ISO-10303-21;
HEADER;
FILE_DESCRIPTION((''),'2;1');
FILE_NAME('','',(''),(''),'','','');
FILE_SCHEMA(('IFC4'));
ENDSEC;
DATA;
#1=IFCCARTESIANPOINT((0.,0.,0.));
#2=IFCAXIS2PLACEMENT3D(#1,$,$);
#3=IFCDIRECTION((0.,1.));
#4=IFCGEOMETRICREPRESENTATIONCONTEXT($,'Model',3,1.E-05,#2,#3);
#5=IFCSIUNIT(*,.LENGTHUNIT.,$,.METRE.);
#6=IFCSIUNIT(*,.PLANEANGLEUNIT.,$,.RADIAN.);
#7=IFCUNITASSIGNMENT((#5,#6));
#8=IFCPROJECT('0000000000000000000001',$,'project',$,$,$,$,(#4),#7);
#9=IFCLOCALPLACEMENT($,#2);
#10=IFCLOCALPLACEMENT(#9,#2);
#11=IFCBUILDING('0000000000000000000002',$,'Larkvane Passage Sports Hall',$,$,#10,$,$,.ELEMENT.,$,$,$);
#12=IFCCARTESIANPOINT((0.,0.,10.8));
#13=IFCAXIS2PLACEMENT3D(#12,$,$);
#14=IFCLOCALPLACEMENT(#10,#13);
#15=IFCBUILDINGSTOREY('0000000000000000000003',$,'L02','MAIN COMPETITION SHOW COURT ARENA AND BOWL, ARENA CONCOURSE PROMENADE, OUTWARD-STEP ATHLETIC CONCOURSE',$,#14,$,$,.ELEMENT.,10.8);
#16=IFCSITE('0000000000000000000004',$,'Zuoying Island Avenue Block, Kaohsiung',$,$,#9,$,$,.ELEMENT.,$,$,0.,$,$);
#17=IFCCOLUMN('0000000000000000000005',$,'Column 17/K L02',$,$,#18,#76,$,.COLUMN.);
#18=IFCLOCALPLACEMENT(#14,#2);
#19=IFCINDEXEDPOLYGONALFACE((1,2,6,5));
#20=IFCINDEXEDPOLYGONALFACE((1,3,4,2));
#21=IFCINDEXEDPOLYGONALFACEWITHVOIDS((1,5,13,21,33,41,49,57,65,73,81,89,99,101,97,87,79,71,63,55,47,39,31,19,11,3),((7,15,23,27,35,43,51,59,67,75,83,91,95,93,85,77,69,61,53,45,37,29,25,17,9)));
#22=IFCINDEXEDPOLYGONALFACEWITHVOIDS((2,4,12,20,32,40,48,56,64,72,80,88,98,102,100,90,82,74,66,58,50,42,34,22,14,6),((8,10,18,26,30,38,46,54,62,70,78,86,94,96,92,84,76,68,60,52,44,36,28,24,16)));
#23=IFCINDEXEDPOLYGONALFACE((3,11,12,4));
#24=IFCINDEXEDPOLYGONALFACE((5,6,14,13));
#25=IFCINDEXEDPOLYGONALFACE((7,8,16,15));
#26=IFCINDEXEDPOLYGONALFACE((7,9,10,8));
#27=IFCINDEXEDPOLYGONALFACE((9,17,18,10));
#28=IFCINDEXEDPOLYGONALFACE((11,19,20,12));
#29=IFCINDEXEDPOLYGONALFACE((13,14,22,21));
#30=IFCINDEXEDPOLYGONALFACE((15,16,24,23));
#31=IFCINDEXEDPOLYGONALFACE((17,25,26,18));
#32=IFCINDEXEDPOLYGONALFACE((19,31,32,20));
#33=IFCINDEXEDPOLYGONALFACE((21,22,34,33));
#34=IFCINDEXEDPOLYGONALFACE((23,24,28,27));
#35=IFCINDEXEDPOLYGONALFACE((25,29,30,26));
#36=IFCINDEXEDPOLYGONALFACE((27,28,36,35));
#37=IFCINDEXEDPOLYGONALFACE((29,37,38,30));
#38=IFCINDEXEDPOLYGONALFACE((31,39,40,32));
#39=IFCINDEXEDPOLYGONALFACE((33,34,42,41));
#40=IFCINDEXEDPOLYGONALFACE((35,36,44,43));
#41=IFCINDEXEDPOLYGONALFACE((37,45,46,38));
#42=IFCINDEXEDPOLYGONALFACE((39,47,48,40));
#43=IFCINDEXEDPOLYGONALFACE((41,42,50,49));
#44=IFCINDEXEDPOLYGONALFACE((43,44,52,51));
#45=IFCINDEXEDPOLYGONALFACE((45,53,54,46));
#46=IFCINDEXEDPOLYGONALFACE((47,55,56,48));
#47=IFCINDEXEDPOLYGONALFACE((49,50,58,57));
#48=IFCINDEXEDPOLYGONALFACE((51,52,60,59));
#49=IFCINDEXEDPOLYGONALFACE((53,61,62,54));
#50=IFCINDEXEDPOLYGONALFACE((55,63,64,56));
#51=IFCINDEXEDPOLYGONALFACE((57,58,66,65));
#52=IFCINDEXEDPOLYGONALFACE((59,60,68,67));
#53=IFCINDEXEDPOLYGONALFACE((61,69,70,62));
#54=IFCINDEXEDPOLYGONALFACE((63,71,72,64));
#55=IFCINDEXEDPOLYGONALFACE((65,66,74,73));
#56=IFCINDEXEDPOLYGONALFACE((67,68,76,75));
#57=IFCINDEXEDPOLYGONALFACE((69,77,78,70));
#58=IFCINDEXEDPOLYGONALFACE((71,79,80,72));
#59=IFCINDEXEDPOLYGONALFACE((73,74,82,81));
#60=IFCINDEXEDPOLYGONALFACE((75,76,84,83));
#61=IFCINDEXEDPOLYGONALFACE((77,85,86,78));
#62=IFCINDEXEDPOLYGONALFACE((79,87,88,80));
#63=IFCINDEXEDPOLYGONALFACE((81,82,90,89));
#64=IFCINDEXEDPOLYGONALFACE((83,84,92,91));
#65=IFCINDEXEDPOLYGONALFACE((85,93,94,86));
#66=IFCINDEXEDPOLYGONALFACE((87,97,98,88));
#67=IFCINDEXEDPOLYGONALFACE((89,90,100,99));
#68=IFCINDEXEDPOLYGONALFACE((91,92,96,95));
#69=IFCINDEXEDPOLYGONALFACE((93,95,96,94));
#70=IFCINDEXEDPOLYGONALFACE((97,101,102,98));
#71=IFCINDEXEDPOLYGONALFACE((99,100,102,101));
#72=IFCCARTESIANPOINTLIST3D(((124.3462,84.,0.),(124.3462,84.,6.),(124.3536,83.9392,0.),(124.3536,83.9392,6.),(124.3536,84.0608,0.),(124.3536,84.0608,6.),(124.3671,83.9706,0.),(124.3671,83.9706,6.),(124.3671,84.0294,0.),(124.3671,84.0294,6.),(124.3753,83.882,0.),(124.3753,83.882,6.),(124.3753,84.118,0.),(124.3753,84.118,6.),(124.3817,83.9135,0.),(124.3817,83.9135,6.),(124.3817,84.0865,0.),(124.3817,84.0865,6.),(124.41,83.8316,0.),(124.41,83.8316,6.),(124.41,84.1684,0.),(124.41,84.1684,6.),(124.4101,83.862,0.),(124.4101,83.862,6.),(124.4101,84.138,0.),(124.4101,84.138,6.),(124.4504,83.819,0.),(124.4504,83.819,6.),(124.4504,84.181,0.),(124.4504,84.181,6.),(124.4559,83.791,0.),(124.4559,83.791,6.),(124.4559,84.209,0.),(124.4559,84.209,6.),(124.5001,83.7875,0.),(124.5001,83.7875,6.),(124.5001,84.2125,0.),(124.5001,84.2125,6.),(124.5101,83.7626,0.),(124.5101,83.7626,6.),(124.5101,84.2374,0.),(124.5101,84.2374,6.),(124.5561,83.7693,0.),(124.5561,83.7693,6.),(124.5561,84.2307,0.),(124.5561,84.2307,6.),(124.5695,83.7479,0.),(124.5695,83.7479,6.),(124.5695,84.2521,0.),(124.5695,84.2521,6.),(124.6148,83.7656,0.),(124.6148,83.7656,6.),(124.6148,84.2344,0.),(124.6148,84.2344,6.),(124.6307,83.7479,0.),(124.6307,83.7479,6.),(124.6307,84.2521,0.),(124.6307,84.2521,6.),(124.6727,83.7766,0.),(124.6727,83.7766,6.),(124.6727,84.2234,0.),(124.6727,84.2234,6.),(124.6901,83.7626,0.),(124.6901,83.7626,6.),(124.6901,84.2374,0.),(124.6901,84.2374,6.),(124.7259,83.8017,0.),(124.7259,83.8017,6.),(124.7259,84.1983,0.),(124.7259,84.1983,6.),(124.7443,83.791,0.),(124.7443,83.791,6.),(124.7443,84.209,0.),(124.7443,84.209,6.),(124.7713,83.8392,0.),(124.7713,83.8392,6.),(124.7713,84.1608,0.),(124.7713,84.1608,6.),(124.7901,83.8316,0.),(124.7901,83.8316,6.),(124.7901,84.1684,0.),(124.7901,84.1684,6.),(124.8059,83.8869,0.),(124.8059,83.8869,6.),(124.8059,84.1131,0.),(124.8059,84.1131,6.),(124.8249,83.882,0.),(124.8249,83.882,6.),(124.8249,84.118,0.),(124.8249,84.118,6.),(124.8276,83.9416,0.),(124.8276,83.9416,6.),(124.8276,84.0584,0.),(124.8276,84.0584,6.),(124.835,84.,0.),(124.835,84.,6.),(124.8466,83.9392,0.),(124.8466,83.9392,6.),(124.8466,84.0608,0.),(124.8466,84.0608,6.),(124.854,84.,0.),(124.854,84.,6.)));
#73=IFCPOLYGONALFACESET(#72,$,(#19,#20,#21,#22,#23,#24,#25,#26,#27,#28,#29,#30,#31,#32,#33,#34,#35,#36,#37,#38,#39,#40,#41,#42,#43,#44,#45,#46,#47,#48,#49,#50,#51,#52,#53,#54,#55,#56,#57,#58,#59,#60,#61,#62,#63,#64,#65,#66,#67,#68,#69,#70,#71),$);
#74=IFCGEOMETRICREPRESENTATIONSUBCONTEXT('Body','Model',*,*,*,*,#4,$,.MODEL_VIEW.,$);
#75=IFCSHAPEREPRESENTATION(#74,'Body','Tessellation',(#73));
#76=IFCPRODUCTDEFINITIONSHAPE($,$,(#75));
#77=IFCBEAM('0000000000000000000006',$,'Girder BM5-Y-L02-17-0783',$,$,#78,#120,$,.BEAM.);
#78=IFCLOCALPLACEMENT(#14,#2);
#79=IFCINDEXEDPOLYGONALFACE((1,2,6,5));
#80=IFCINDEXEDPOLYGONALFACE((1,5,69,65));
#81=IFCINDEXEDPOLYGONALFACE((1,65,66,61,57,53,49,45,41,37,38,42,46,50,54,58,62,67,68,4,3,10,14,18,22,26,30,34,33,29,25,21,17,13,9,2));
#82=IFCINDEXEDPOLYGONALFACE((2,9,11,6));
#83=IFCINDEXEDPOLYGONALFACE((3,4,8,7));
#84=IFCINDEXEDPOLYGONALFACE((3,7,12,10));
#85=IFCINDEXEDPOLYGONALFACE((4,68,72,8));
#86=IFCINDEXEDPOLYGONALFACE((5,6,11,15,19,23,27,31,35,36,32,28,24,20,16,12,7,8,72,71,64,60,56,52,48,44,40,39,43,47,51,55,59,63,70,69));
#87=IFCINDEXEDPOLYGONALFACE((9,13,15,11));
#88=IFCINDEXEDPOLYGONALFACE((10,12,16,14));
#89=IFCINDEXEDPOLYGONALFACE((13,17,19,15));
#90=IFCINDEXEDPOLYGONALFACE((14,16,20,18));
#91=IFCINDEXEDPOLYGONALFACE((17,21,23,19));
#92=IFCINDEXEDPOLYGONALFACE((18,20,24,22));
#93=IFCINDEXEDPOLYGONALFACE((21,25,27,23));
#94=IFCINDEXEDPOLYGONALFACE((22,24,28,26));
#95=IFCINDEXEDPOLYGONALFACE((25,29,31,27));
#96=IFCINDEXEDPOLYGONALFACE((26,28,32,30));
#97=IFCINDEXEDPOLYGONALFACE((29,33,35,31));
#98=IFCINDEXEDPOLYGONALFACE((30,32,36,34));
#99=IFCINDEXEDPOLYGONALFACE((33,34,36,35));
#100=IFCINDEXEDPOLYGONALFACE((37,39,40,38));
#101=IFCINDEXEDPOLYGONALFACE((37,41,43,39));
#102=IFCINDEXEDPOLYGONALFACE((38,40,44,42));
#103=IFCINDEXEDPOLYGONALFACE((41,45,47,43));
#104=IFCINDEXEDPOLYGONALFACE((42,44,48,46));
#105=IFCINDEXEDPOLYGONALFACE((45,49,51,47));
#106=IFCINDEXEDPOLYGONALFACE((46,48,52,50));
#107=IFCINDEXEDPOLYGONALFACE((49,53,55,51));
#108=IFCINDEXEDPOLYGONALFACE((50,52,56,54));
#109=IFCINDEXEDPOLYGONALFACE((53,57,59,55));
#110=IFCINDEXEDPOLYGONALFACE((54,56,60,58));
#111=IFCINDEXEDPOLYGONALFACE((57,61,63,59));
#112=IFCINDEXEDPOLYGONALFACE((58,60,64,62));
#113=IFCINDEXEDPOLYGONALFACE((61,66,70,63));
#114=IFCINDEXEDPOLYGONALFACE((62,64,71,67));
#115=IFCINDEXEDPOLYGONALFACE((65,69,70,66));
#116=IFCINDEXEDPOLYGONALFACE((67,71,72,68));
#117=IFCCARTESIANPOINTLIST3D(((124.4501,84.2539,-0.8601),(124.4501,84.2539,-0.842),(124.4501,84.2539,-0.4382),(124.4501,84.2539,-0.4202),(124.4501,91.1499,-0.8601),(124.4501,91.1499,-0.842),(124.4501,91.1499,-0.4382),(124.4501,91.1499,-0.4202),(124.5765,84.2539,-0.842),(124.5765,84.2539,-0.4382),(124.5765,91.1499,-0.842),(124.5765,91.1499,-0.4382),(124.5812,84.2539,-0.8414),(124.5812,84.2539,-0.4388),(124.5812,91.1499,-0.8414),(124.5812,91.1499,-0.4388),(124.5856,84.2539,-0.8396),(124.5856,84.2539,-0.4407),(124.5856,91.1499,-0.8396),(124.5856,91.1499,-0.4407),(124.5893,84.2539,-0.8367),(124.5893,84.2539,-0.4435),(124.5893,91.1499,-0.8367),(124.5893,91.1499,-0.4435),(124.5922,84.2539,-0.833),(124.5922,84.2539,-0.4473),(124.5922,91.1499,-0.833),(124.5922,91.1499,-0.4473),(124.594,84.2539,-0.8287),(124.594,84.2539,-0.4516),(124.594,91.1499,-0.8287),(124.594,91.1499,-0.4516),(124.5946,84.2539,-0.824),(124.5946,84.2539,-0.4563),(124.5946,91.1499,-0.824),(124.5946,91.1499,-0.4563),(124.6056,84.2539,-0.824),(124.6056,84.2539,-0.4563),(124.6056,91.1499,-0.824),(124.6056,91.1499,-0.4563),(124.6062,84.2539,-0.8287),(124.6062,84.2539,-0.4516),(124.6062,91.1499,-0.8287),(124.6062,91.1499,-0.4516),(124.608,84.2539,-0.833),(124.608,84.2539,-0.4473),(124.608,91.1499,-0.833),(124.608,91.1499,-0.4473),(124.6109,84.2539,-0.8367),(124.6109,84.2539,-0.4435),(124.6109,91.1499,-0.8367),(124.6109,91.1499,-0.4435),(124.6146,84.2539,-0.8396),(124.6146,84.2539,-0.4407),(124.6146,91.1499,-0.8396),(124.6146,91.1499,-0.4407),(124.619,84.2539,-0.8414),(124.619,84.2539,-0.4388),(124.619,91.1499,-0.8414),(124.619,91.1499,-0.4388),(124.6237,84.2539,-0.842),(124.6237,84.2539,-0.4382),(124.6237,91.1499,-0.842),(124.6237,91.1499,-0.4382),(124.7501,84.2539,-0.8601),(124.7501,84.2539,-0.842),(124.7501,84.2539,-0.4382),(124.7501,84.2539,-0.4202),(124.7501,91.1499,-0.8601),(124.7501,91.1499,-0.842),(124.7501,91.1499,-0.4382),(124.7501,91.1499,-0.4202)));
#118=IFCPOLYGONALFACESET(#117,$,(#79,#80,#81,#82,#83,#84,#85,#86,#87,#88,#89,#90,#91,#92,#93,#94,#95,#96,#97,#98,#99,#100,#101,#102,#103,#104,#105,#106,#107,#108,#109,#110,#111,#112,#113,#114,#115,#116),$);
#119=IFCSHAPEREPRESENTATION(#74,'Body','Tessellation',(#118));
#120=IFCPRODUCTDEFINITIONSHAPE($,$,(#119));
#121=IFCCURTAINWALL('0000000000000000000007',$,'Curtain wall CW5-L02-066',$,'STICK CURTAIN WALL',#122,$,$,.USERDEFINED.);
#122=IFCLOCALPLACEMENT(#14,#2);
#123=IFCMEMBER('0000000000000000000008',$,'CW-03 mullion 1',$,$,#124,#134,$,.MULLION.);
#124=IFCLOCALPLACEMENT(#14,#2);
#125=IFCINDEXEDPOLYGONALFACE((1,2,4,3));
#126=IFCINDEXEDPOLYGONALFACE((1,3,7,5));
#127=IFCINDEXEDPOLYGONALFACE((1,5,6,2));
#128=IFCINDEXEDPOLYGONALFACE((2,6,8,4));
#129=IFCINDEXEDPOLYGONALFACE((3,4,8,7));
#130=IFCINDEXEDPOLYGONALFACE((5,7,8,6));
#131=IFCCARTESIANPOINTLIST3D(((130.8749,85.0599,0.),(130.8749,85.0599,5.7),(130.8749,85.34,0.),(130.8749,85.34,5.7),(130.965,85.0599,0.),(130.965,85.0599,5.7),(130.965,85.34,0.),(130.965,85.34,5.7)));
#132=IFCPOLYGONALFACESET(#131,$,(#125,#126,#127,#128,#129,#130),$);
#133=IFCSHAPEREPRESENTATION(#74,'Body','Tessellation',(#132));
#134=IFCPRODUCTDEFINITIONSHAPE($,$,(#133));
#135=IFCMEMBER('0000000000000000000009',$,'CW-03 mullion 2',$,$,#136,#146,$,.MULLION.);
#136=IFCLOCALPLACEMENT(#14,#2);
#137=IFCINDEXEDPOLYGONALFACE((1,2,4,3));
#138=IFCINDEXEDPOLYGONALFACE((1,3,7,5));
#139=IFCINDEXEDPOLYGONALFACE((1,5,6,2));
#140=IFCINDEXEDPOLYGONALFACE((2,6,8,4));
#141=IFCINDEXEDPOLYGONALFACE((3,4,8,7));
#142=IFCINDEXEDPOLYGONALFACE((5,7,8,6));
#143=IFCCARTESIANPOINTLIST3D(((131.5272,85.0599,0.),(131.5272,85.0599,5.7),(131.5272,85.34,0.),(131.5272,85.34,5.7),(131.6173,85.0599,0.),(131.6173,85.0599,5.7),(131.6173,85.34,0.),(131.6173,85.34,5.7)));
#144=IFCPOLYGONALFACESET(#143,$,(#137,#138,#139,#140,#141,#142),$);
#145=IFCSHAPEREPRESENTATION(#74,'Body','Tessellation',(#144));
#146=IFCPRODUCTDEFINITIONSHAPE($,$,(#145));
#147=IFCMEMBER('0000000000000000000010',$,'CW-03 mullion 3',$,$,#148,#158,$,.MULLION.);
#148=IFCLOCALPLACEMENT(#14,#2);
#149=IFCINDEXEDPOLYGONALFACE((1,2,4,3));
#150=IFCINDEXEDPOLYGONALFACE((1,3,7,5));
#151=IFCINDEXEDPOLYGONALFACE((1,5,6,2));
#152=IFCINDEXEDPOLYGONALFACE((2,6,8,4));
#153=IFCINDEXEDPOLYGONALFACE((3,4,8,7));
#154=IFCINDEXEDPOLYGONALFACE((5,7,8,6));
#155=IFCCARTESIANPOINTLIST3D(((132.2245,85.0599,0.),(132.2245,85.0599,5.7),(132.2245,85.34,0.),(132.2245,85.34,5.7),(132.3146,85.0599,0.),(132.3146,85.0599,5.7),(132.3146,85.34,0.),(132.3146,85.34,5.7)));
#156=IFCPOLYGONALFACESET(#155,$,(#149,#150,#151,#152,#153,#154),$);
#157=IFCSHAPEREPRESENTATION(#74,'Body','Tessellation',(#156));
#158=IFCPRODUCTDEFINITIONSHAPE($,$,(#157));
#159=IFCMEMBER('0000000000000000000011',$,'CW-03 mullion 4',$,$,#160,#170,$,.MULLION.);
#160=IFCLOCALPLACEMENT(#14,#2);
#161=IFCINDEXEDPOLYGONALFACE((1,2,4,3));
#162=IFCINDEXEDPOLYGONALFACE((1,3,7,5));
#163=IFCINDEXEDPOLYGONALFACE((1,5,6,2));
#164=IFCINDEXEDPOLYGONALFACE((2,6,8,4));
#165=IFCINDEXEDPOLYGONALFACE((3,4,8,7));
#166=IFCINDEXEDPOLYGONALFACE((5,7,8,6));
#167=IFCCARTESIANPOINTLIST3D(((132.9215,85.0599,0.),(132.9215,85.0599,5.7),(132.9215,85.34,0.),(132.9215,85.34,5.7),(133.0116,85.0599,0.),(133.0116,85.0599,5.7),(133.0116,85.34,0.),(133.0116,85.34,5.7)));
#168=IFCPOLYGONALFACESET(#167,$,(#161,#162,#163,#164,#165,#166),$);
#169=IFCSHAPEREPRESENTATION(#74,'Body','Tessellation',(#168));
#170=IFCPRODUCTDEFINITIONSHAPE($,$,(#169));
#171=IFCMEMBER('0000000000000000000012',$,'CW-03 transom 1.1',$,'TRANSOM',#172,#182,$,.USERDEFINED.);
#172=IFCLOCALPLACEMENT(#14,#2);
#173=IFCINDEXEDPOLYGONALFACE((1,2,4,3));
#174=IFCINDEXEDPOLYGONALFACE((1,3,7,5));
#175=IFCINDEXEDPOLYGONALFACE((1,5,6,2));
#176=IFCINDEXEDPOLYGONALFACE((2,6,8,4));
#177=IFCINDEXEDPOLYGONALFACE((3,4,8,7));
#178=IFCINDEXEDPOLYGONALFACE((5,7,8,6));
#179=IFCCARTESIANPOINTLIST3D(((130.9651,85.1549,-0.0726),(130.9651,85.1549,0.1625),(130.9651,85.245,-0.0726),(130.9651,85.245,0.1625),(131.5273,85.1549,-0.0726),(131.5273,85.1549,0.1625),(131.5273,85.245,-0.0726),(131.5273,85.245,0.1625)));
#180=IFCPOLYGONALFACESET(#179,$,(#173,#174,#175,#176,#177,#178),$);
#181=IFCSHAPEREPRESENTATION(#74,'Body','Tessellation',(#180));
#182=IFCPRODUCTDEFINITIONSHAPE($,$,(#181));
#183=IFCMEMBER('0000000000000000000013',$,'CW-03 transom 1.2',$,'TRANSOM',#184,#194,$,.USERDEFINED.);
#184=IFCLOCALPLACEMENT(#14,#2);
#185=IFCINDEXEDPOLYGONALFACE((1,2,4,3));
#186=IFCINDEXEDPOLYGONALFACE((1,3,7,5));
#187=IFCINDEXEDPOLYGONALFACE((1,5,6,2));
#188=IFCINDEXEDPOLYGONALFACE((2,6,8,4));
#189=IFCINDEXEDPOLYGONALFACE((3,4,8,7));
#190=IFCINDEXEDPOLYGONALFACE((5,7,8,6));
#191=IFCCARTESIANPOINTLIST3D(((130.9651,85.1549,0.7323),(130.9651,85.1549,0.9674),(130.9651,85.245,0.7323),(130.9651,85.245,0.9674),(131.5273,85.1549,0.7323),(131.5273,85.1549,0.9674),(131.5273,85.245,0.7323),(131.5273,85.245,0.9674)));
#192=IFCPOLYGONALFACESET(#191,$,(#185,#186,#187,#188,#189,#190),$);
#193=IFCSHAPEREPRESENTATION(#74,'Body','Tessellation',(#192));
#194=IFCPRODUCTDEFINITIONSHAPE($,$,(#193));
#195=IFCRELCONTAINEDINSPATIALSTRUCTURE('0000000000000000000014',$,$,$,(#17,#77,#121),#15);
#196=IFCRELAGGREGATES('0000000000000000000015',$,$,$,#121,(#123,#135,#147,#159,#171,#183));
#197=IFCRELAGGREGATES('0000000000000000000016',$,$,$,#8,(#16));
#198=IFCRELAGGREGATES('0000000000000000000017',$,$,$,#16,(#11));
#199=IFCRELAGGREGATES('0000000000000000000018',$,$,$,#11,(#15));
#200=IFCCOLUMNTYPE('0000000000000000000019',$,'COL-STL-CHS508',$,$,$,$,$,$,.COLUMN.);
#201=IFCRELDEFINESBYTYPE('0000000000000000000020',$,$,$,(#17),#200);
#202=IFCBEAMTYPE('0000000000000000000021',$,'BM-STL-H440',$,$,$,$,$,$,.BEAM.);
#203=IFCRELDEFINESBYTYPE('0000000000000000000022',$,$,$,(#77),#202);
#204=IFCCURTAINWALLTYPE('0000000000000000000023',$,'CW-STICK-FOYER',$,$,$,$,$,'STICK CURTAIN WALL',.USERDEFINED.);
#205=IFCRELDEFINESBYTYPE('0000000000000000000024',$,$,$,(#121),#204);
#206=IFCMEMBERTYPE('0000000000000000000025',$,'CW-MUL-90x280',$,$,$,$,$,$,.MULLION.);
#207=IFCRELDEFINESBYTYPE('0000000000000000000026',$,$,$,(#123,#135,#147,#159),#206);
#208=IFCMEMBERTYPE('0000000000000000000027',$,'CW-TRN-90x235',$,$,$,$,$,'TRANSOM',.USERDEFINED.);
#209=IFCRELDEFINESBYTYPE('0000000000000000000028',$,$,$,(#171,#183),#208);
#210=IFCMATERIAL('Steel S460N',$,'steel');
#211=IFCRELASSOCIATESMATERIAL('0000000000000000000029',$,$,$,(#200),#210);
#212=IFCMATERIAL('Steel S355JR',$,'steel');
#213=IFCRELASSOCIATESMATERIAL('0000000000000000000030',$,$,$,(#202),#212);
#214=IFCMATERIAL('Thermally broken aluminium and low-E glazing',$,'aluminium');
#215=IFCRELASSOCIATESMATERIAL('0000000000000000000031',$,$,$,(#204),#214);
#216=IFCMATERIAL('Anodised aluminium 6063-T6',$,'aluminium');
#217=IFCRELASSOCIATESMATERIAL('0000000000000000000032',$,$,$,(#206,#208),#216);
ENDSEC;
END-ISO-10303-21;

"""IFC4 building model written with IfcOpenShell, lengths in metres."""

from ifc_helpers import new_model, si_unit, direction, frame, origin, origin_2d, place, context, subcontext, project, spatial, rectangle, hollow_circle, i_section, extrude, material, material_profile, profile_set, type_object, element, aggregate, save


model = new_model("IFC4")

# Units and contexts
model_context = context("Model", 3, precision=1e-05, world=origin(), true_north=direction((0.0, 1.0)))
body_context = subcontext(model_context, "Body", "Model", "MODEL_VIEW")
ifc_project = project(units=[si_unit("LENGTHUNIT", "METRE"), si_unit("PLANEANGLEUNIT", "RADIAN")], contexts=[model_context])

# Site, building, storey
site_placement = place(None, origin())
site = spatial("IfcSite", under=ifc_project, at=site_placement, Name="Zuoying Island Avenue Block, Kaohsiung", CompositionType="ELEMENT", RefElevation=0.0)
building_placement = place(site_placement, origin())
building = spatial("IfcBuilding", under=site, at=building_placement, Name="Larkvane Passage Sports Hall", CompositionType="ELEMENT")
storey_placement = place(building_placement, frame((0.0, 0.0, 10.8)))
storey = spatial("IfcBuildingStorey", under=building, at=storey_placement, Name="L02", Description="MAIN COMPETITION SHOW COURT ARENA AND BOWL, ARENA CONCOURSE PROMENADE, OUTWARD-STEP ATHLETIC CONCOURSE", CompositionType="ELEMENT", Elevation=10.8)

# Column
ifc_material_1 = material(Name="Steel S460N", Category="steel")
ifc_material_profile_1 = material_profile(ifc_material_1, hollow_circle(Radius=0.2539, WallThickness=0.019, at=origin_2d()), Name="CHS-508.0x19.0")
ifc_profile_set_1 = profile_set([ifc_material_profile_1], Name="Steel S460N")
column_type = type_object("IfcColumnType", Name="COL-STL-CHS508", PredefinedType="COLUMN", material=ifc_profile_set_1)
column_placement = place(storey_placement, frame((124.6001, 84.0, 0.0), z_axis=(0.0, 0.0, 1.0), x_axis=(1.0, 0.0, 0.0)))
element("IfcColumn", 1, at=column_placement, inside=storey, type_object=column_type, Name="Column 17/K L02", PredefinedType="COLUMN", context=body_context, shape_type="SweptSolid", body=[
    extrude(hollow_circle(Radius=0.2539, WallThickness=0.019, at=origin_2d()), origin(), (0.0, 0.0, 1.0), 6.0),
])

# Beam
ifc_material_2 = material(Name="Steel S355JR", Category="steel")
ifc_material_profile_2 = material_profile(ifc_material_2, i_section(OverallWidth=0.3, OverallDepth=0.4399, WebThickness=0.011, FlangeThickness=0.0181, FilletRadius=0.0181, at=origin_2d()), Name="H-440x300x11x18")
ifc_profile_set_2 = profile_set([ifc_material_profile_2], Name="Steel S355JR")
beam_type = type_object("IfcBeamType", Name="BM-STL-H440", PredefinedType="BEAM", material=ifc_profile_set_2)
beam_placement = place(storey_placement, frame((124.6001, 84.2539, -0.6401), z_axis=(0.0, 1.0, 0.0), x_axis=(-1.0, 0.0, 0.0)))
element("IfcBeam", 2, at=beam_placement, inside=storey, type_object=beam_type, Name="Girder BM5-Y-L02-17-0783", PredefinedType="BEAM", context=body_context, shape_type="SweptSolid", body=[
    extrude(i_section(OverallWidth=0.3, OverallDepth=0.4399, WebThickness=0.011, FlangeThickness=0.0181, FilletRadius=0.0181, at=origin_2d()), origin(), (0.0, 0.0, 1.0), 6.896),
])

# Curtain wall, members
ifc_material_3 = material(Name="Thermally broken aluminium and low-E glazing", Category="aluminium")
curtain_wall_type = type_object("IfcCurtainWallType", Name="CW-STICK-FOYER", ElementType="STICK CURTAIN WALL", PredefinedType="USERDEFINED", material=ifc_material_3)
curtain_wall_placement = place(storey_placement, origin())
curtain_wall = element("IfcCurtainWall", 3, at=curtain_wall_placement, inside=storey, type_object=curtain_wall_type, Name="Curtain wall CW5-L02-066", ObjectType="STICK CURTAIN WALL", PredefinedType="USERDEFINED")
ifc_material_4 = material(Name="Anodised aluminium 6063-T6", Category="aluminium")
ifc_material_profile_3 = material_profile(ifc_material_4, rectangle(XDim=0.0901, YDim=0.28, at=origin_2d()), Name="ALU-MUL-90x280")
ifc_profile_set_3 = profile_set([ifc_material_profile_3], Name="Anodised aluminium 6063-T6")
member_type_1 = type_object("IfcMemberType", Name="CW-MUL-90x280", PredefinedType="MULLION", material=ifc_profile_set_3)
member_1_placement = place(storey_placement, frame((130.9199, 85.2, 0.0), z_axis=(0.0, 0.0, 1.0), x_axis=(1.0, 0.0, 0.0)))
member_1 = element("IfcMember", 4, at=member_1_placement, type_object=member_type_1, Name="CW-03 mullion 1", PredefinedType="MULLION", context=body_context, shape_type="SweptSolid", body=[
    extrude(rectangle(XDim=0.0901, YDim=0.28, at=origin_2d()), origin(), (0.0, 0.0, 1.0), 5.7),
])
member_2_placement = place(storey_placement, frame((131.5723, 85.2, 0.0), z_axis=(0.0, 0.0, 1.0), x_axis=(1.0, 0.0, 0.0)))
member_2 = element("IfcMember", 5, at=member_2_placement, type_object=member_type_1, Name="CW-03 mullion 2", PredefinedType="MULLION", context=body_context, shape_type="SweptSolid", body=[
    extrude(rectangle(XDim=0.0901, YDim=0.28, at=origin_2d()), origin(), (0.0, 0.0, 1.0), 5.7),
])
member_3_placement = place(storey_placement, frame((132.2695, 85.2, 0.0), z_axis=(0.0, 0.0, 1.0), x_axis=(1.0, 0.0, 0.0)))
member_3 = element("IfcMember", 6, at=member_3_placement, type_object=member_type_1, Name="CW-03 mullion 3", PredefinedType="MULLION", context=body_context, shape_type="SweptSolid", body=[
    extrude(rectangle(XDim=0.0901, YDim=0.28, at=origin_2d()), origin(), (0.0, 0.0, 1.0), 5.7),
])
member_4_placement = place(storey_placement, frame((132.9666, 85.2, 0.0), z_axis=(0.0, 0.0, 1.0), x_axis=(1.0, 0.0, 0.0)))
member_4 = element("IfcMember", 7, at=member_4_placement, type_object=member_type_1, Name="CW-03 mullion 4", PredefinedType="MULLION", context=body_context, shape_type="SweptSolid", body=[
    extrude(rectangle(XDim=0.0901, YDim=0.28, at=origin_2d()), origin(), (0.0, 0.0, 1.0), 5.7),
])
ifc_material_profile_4 = material_profile(ifc_material_4, rectangle(XDim=0.0901, YDim=0.2351, at=origin_2d()), Name="ALU-TRN-90x235")
ifc_profile_set_4 = profile_set([ifc_material_profile_4], Name="Anodised aluminium 6063-T6")
member_type_2 = type_object("IfcMemberType", Name="CW-TRN-90x235", ElementType="TRANSOM", PredefinedType="USERDEFINED", material=ifc_profile_set_4)
member_5_placement = place(storey_placement, frame((130.9651, 85.2, 0.0449), z_axis=(1.0, 0.0, 0.0), x_axis=(0.0, 1.0, 0.0)))
member_5 = element("IfcMember", 8, at=member_5_placement, type_object=member_type_2, Name="CW-03 transom 1.1", ObjectType="TRANSOM", PredefinedType="USERDEFINED", context=body_context, shape_type="SweptSolid", body=[
    extrude(rectangle(XDim=0.0901, YDim=0.2351, at=origin_2d()), origin(), (0.0, 0.0, 1.0), 0.5623),
])
member_6_placement = place(storey_placement, frame((130.9651, 85.2, 0.8499), z_axis=(1.0, 0.0, 0.0), x_axis=(0.0, 1.0, 0.0)))
member_6 = element("IfcMember", 9, at=member_6_placement, type_object=member_type_2, Name="CW-03 transom 1.2", ObjectType="TRANSOM", PredefinedType="USERDEFINED", context=body_context, shape_type="SweptSolid", body=[
    extrude(rectangle(XDim=0.0901, YDim=0.2351, at=origin_2d()), origin(), (0.0, 0.0, 1.0), 0.5623),
])
aggregate(curtain_wall, [member_1, member_2, member_3, member_4, member_5, member_6])

save(model, "model.ifc")
